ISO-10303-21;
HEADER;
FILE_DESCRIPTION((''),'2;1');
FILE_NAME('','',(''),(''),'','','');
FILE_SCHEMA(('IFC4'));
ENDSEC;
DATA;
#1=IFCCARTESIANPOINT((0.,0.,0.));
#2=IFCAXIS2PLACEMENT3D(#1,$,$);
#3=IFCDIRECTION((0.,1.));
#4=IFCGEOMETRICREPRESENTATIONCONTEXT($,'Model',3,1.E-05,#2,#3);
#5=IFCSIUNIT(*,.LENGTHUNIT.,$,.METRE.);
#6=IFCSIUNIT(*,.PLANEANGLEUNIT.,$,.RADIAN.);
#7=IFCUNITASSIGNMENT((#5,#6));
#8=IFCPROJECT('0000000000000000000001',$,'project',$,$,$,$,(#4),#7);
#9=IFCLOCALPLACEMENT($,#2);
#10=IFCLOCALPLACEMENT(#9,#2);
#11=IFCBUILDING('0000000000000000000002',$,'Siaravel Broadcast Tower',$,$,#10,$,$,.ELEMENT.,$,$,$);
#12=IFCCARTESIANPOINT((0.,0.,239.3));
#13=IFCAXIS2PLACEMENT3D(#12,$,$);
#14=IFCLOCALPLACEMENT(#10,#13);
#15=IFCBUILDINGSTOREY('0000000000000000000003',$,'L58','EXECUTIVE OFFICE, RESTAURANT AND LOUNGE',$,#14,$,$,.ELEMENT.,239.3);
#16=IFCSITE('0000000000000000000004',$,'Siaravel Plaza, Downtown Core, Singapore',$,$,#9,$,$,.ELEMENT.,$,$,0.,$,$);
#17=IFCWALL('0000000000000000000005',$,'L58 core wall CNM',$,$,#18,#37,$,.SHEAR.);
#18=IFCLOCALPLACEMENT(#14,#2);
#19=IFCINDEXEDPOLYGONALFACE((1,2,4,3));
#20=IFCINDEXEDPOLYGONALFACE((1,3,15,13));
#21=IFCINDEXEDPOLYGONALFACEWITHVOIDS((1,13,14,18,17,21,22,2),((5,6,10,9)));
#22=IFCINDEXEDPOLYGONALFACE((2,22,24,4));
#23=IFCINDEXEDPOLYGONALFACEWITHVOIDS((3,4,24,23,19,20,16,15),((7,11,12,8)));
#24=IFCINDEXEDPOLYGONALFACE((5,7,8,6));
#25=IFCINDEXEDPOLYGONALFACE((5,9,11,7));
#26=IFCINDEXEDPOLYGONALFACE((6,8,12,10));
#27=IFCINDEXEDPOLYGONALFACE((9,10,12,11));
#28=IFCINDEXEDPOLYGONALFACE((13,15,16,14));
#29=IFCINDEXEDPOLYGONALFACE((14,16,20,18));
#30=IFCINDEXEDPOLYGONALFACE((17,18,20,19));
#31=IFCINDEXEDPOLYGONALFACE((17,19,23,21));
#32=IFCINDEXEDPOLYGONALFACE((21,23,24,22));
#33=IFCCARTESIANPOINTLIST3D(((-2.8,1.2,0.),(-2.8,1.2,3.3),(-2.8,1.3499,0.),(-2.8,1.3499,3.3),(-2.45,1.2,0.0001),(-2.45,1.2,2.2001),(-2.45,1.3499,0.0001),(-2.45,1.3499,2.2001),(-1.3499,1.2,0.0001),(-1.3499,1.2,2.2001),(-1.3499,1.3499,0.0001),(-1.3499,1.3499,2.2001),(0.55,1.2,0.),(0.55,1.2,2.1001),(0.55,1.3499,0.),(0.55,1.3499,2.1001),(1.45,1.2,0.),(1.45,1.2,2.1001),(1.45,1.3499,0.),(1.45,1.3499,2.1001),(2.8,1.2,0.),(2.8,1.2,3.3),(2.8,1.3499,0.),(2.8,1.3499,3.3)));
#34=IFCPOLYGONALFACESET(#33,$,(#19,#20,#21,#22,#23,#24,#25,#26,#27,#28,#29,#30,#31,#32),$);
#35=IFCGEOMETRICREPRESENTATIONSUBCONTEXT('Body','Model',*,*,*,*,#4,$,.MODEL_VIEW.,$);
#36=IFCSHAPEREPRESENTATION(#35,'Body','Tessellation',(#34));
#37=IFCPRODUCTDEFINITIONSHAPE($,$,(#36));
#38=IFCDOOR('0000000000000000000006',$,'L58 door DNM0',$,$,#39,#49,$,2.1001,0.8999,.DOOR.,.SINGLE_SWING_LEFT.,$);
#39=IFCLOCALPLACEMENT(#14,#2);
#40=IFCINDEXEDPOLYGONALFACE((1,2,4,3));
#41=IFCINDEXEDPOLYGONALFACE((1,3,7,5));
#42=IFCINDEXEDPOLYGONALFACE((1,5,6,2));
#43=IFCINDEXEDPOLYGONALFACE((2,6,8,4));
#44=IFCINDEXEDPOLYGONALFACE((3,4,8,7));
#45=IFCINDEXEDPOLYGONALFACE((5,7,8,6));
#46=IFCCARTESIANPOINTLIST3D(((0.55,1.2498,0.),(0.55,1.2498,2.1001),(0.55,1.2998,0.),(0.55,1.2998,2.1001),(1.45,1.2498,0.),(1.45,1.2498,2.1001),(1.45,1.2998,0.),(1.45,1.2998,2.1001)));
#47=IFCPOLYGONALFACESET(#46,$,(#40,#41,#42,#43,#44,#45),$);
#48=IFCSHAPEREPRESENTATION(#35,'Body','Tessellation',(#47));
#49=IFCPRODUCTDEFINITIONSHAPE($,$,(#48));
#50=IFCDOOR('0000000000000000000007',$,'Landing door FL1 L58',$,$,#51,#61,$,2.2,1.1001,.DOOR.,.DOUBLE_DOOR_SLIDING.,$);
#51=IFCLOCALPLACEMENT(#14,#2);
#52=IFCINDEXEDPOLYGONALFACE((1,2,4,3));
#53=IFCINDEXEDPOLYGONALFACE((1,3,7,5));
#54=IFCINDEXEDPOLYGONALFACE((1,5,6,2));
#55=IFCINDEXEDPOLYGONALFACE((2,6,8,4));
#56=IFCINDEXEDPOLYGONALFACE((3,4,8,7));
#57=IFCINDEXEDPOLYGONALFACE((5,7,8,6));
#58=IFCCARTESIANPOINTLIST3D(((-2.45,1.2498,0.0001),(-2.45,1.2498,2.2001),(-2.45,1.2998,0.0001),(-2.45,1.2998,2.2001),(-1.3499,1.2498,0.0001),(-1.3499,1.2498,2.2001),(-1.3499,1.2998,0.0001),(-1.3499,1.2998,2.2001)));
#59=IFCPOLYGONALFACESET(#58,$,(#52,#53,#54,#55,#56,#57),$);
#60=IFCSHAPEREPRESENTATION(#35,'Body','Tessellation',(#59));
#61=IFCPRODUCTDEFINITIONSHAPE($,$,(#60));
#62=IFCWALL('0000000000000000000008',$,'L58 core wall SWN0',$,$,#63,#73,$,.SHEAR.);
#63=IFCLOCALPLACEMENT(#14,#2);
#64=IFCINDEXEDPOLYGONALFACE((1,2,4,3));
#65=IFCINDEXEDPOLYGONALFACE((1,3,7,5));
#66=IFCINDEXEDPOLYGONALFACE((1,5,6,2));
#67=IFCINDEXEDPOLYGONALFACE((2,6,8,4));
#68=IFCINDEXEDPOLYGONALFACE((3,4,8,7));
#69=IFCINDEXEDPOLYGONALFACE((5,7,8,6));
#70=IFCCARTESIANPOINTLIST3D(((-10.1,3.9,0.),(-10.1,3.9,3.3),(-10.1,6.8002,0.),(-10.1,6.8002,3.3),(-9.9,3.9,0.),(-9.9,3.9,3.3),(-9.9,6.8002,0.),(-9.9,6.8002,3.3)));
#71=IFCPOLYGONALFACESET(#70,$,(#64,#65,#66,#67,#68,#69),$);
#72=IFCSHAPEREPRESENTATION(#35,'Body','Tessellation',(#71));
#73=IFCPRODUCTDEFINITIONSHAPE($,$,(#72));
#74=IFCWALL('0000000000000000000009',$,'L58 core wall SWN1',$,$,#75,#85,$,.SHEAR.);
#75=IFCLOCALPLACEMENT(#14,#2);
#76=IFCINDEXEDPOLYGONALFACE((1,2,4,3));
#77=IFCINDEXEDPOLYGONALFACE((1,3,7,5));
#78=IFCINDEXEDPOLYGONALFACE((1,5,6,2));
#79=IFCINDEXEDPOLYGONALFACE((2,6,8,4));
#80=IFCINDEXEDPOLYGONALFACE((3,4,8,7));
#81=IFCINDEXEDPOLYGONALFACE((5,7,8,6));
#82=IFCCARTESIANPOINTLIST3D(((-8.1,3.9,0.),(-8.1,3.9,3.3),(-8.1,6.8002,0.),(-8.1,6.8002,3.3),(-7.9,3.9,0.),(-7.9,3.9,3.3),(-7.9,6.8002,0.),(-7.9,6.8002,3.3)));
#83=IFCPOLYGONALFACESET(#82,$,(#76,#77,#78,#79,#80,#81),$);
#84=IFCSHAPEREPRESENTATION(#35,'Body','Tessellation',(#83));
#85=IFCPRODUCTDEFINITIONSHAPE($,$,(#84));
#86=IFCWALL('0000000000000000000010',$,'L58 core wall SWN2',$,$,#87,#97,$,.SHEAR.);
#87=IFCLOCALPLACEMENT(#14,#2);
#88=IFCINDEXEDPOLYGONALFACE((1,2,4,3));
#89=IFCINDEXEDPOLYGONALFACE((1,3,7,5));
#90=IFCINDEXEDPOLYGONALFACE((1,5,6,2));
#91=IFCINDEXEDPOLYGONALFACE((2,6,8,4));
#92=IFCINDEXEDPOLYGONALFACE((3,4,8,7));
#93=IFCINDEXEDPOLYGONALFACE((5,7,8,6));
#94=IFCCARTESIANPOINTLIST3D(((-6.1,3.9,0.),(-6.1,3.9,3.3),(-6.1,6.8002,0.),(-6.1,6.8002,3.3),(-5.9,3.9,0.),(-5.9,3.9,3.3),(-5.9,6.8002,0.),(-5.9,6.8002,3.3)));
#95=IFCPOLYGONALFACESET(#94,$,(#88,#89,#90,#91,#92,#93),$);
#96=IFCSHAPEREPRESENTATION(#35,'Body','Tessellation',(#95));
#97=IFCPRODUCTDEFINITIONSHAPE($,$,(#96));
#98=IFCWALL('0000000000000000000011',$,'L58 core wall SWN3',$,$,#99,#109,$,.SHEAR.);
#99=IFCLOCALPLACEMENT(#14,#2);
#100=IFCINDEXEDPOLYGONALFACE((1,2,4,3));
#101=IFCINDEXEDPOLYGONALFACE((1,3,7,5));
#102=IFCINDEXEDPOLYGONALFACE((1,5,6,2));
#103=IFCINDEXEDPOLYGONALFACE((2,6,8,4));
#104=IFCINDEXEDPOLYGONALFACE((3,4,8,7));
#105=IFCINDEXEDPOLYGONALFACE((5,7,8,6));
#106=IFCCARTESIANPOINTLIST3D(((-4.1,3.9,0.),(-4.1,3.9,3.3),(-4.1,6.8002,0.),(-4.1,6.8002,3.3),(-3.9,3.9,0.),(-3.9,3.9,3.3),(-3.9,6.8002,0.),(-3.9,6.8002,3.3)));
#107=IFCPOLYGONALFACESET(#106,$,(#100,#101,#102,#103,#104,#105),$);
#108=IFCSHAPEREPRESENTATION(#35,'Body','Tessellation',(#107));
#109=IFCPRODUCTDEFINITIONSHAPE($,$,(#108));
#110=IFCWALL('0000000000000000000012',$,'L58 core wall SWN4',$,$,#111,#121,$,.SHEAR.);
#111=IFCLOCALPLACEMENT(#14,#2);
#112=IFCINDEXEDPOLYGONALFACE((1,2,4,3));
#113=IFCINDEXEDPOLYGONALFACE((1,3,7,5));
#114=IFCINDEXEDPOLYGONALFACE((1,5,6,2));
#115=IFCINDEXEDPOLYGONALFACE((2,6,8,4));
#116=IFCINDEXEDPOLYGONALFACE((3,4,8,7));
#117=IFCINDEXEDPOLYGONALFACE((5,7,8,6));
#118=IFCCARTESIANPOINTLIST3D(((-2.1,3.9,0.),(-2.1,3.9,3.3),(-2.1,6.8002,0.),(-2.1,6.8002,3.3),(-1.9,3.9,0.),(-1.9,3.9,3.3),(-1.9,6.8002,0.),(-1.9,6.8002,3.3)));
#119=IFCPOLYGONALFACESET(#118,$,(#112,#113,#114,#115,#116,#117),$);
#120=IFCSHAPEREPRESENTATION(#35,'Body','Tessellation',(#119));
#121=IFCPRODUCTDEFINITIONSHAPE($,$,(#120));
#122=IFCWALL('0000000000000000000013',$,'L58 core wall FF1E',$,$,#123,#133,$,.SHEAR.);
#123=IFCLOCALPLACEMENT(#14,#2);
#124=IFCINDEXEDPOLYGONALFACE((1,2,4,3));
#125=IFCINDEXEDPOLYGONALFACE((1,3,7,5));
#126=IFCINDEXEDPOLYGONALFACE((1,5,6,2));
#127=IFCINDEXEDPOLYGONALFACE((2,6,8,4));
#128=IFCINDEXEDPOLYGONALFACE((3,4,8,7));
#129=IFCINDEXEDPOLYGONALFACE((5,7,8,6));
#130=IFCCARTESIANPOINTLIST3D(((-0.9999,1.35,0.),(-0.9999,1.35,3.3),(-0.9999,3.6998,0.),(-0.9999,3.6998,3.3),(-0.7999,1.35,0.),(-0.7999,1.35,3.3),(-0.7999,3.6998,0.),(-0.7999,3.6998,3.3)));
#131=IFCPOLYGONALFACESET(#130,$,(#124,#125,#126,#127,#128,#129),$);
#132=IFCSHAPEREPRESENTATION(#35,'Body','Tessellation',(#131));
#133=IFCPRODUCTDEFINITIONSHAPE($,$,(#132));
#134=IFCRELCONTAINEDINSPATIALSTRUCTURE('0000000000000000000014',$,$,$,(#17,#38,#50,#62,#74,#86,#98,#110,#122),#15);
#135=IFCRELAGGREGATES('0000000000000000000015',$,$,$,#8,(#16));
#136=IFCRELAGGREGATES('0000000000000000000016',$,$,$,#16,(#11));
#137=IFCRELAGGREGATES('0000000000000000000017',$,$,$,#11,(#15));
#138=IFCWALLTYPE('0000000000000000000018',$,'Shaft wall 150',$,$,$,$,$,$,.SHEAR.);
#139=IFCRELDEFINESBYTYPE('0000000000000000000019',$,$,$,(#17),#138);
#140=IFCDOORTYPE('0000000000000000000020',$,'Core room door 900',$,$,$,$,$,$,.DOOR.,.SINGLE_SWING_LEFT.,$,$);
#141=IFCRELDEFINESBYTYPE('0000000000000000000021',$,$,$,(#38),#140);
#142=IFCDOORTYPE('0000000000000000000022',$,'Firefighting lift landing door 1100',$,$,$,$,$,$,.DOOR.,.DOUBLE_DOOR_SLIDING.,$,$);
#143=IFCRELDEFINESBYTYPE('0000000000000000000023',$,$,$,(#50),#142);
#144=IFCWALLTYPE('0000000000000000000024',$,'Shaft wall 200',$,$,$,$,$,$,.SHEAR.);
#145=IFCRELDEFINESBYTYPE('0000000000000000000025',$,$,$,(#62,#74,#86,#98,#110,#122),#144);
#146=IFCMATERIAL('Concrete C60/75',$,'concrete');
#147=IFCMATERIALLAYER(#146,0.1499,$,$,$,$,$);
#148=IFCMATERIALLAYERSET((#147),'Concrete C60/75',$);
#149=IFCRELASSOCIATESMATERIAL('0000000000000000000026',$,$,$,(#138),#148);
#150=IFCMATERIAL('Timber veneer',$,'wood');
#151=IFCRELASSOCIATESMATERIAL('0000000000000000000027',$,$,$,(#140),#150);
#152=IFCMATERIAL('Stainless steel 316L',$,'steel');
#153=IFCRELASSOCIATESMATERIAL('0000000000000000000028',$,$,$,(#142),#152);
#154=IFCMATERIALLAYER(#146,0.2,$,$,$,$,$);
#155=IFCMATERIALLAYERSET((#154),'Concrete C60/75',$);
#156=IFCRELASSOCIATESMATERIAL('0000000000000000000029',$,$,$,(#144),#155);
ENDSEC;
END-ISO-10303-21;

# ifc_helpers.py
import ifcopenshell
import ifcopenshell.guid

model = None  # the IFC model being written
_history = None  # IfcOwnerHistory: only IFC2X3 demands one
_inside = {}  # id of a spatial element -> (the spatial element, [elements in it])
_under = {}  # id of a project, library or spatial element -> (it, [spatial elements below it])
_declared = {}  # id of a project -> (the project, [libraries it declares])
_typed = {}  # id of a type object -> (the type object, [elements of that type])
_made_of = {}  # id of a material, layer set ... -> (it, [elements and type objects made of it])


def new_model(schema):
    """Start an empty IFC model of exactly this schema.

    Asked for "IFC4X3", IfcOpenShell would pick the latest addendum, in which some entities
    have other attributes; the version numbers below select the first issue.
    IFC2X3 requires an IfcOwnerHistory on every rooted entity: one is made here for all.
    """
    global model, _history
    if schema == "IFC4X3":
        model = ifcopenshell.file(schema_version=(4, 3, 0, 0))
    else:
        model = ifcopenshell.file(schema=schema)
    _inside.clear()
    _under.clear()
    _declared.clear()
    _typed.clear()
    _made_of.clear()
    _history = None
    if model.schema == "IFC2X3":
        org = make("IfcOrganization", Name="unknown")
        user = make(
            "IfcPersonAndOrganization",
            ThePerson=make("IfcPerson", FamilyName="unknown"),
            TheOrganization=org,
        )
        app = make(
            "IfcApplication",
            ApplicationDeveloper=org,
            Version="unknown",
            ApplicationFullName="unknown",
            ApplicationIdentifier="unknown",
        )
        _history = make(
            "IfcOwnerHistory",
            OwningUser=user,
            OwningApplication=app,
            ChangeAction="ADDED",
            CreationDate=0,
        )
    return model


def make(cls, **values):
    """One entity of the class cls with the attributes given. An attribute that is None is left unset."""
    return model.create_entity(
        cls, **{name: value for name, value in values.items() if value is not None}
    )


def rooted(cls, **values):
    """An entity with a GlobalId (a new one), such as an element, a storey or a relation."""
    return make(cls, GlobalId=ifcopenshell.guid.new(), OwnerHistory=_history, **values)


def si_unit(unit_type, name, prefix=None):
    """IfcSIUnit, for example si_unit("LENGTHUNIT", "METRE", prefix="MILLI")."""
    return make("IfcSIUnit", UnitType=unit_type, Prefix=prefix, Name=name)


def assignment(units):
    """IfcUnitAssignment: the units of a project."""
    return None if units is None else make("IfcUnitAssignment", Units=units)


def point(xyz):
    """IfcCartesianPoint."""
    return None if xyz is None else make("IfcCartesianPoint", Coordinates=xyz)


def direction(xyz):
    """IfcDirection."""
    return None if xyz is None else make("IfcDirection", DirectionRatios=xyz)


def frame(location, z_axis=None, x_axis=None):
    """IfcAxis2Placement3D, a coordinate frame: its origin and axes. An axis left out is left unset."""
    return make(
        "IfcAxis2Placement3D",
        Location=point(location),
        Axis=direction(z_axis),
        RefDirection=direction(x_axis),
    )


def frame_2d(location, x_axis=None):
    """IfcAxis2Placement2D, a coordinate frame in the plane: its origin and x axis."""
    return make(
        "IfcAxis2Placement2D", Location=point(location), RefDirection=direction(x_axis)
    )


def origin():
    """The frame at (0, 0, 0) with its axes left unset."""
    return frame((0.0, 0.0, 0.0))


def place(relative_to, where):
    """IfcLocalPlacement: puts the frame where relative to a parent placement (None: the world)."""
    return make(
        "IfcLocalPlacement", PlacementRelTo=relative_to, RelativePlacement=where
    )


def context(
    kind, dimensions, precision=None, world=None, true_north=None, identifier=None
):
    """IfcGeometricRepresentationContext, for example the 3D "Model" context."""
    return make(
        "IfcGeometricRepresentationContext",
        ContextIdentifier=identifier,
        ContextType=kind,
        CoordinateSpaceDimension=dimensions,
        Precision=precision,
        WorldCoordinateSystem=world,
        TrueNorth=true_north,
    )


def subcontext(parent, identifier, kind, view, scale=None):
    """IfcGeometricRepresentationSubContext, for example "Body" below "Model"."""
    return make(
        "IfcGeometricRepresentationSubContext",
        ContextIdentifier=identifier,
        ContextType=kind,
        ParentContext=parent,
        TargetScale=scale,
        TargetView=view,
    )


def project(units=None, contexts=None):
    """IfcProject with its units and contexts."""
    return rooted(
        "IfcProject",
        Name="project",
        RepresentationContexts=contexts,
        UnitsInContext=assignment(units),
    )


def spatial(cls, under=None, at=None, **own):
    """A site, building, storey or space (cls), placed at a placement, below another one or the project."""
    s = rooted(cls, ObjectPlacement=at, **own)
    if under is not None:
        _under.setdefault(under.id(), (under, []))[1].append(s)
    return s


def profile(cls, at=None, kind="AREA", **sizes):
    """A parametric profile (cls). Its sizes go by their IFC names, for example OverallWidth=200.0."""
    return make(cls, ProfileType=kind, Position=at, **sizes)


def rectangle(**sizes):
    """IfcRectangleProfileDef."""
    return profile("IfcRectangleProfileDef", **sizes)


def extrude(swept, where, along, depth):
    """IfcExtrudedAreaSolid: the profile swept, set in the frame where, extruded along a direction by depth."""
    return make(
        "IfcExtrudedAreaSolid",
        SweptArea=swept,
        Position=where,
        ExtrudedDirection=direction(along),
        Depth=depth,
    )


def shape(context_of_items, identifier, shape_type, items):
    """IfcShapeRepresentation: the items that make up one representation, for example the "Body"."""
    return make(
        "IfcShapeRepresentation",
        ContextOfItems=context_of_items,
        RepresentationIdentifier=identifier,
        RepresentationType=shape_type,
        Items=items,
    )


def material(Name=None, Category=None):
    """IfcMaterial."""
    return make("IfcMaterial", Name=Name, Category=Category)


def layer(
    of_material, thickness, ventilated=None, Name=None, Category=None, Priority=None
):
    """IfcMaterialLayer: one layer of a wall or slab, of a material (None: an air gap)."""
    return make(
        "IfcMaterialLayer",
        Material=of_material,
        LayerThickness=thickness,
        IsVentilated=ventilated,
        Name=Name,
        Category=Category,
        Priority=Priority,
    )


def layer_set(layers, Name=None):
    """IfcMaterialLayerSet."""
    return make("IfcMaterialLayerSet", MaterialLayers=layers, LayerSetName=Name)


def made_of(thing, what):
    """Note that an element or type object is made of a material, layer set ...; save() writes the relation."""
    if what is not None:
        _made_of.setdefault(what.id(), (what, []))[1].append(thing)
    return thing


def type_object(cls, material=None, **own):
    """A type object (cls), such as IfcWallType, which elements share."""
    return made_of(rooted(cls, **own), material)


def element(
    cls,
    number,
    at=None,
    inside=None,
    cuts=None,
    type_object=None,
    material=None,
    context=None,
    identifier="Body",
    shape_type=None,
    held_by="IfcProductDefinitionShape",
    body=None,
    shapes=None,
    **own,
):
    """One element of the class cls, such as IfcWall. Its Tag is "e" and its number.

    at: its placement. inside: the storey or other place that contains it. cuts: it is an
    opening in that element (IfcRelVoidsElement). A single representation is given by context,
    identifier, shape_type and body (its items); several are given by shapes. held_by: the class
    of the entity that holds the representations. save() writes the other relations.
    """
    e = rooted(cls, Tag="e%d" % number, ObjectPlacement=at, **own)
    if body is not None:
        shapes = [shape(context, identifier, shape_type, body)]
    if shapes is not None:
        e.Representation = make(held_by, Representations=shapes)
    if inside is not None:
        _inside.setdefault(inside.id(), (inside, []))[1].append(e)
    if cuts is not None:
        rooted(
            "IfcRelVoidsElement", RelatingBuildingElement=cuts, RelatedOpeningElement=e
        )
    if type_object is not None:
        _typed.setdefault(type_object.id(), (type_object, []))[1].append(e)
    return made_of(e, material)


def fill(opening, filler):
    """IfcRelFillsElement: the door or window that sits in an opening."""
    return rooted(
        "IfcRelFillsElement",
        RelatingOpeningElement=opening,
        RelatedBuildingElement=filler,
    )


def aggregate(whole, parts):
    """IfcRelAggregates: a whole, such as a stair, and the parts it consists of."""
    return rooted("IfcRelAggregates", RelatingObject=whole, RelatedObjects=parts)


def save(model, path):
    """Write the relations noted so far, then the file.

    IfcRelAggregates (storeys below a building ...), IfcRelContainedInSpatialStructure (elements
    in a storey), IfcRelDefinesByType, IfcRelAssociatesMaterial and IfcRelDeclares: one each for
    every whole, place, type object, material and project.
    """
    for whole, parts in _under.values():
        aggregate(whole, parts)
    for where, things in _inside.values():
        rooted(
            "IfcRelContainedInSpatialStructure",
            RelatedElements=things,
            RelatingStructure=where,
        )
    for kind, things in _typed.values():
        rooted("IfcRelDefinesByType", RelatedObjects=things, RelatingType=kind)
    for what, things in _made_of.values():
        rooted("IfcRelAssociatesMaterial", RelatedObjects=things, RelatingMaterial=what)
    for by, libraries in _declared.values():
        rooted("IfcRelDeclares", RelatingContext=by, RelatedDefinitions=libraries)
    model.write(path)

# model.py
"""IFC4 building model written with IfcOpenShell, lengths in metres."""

from ifc_helpers import new_model, si_unit, direction, frame, frame_2d, origin, place, context, subcontext, project, spatial, rectangle, extrude, material, layer, layer_set, type_object, element, fill, save


model = new_model("IFC4")

# Units and contexts
model_context = context("Model", 3, precision=1e-05, world=origin(), true_north=direction((0.0, 1.0)))
body_context = subcontext(model_context, "Body", "Model", "MODEL_VIEW")
ifc_project = project(units=[si_unit("LENGTHUNIT", "METRE"), si_unit("PLANEANGLEUNIT", "RADIAN")], contexts=[model_context])

# Site, building, storey
site_placement = place(None, origin())
site = spatial("IfcSite", under=ifc_project, at=site_placement, Name="Siaravel Plaza, Downtown Core, Singapore", CompositionType="ELEMENT", RefElevation=0.0)
building_placement = place(site_placement, origin())
building = spatial("IfcBuilding", under=site, at=building_placement, Name="Siaravel Broadcast Tower", CompositionType="ELEMENT")
storey_placement = place(building_placement, frame((0.0, 0.0, 239.3)))
storey = spatial("IfcBuildingStorey", under=building, at=storey_placement, Name="L58", Description="EXECUTIVE OFFICE, RESTAURANT AND LOUNGE", CompositionType="ELEMENT", Elevation=239.3)

# Shared definitions
ifc_material_1 = material(Name="Timber veneer", Category="wood")

# Wall, openings, doors
ifc_material_2 = material(Name="Concrete C60/75", Category="concrete")
ifc_layer_1 = layer(ifc_material_2, 0.1499)
ifc_layer_set_1 = layer_set([ifc_layer_1], Name="Concrete C60/75")
wall_type_1 = type_object("IfcWallType", Name="Shaft wall 150", PredefinedType="SHEAR", material=ifc_layer_set_1)
wall_1_placement = place(storey_placement, frame((-2.8, 1.2749, 0.0), z_axis=(0.0, 0.0, 1.0), x_axis=(1.0, 0.0, 0.0)))
wall_1 = element("IfcWall", 1, at=wall_1_placement, inside=storey, type_object=wall_type_1, Name="L58 core wall CNM", PredefinedType="SHEAR", context=body_context, shape_type="SweptSolid", body=[
    extrude(rectangle(XDim=5.6001, YDim=0.1499, at=frame_2d((2.8, 0.0))), origin(), (0.0, 0.0, 1.0), 3.3),
])
opening_1_placement = place(wall_1_placement, frame((0.3501, 0.0, 0.0)))
opening_1 = element("IfcOpeningElement", 2, at=opening_1_placement, cuts=wall_1, PredefinedType="OPENING", context=body_context, shape_type="SweptSolid", body=[
    extrude(rectangle(XDim=1.1001, YDim=2.2, at=frame_2d((0.55, 1.1001))), frame((0.0, 0.085, 0.0), z_axis=(0.0, -1.0, 0.0), x_axis=(1.0, 0.0, 0.0)), (0.0, 0.0, 1.0), 0.1699),
])
opening_2_placement = place(wall_1_placement, frame((3.3501, 0.0, 0.0)))
opening_2 = element("IfcOpeningElement", 3, at=opening_2_placement, cuts=wall_1, PredefinedType="OPENING", context=body_context, shape_type="SweptSolid", body=[
    extrude(rectangle(XDim=0.8999, YDim=2.1001, at=frame_2d((0.45, 1.05))), frame((0.0, 0.085, 0.0), z_axis=(0.0, -1.0, 0.0), x_axis=(1.0, 0.0, 0.0)), (0.0, 0.0, 1.0), 0.1699),
])
door_type_1 = type_object("IfcDoorType", Name="Core room door 900", OperationType="SINGLE_SWING_LEFT", PredefinedType="DOOR", material=ifc_material_1)
door_1_placement = place(opening_2_placement, origin())
door_1 = element("IfcDoor", 4, at=door_1_placement, inside=storey, type_object=door_type_1, Name="L58 door DNM0", OperationType="SINGLE_SWING_LEFT", OverallHeight=2.1001, OverallWidth=0.8999, PredefinedType="DOOR", context=body_context, shape_type="SweptSolid", body=[
    extrude(rectangle(XDim=0.8999, YDim=2.1001, at=frame_2d((0.45, 1.05))), frame((0.0, 0.0249, 0.0), z_axis=(0.0, -1.0, 0.0), x_axis=(1.0, 0.0, 0.0)), (0.0, 0.0, 1.0), 0.05),
])
fill(opening_2, door_1)
ifc_material_3 = material(Name="Stainless steel 316L", Category="steel")
door_type_2 = type_object("IfcDoorType", Name="Firefighting lift landing door 1100", OperationType="DOUBLE_DOOR_SLIDING", PredefinedType="DOOR", material=ifc_material_3)
door_2_placement = place(opening_1_placement, origin())
door_2 = element("IfcDoor", 5, at=door_2_placement, inside=storey, type_object=door_type_2, Name="Landing door FL1 L58", OperationType="DOUBLE_DOOR_SLIDING", OverallHeight=2.2, OverallWidth=1.1001, PredefinedType="DOOR", context=body_context, shape_type="SweptSolid", body=[
    extrude(rectangle(XDim=1.1001, YDim=2.2, at=frame_2d((0.55, 1.1001))), frame((0.0, 0.0249, 0.0), z_axis=(0.0, -1.0, 0.0), x_axis=(1.0, 0.0, 0.0)), (0.0, 0.0, 1.0), 0.05),
])
fill(opening_1, door_2)

# Walls
ifc_layer_2 = layer(ifc_material_2, 0.2)
ifc_layer_set_2 = layer_set([ifc_layer_2], Name="Concrete C60/75")
wall_type_2 = type_object("IfcWallType", Name="Shaft wall 200", PredefinedType="SHEAR", material=ifc_layer_set_2)
for number, where, z_axis, x_axis, name in (
    (6, (-10.0, 3.8999, 0.0), (0.0, 0.0, 1.0), (0.0, 1.0, 0.0), "L58 core wall SWN0"),
    (7, (-8.0, 3.8999, 0.0), (0.0, 0.0, 1.0), (0.0, 1.0, 0.0), "L58 core wall SWN1"),
    (8, (-6.0, 3.8999, 0.0), (0.0, 0.0, 1.0), (0.0, 1.0, 0.0), "L58 core wall SWN2"),
    (9, (-4.0, 3.8999, 0.0), (0.0, 0.0, 1.0), (0.0, 1.0, 0.0), "L58 core wall SWN3"),
    (10, (-2.0, 3.8999, 0.0), (0.0, 0.0, 1.0), (0.0, 1.0, 0.0), "L58 core wall SWN4"),
):
    element("IfcWall", number, at=place(storey_placement, frame(where, z_axis=z_axis, x_axis=x_axis)), inside=storey, type_object=wall_type_2, Name=name, PredefinedType="SHEAR", context=body_context, shape_type="SweptSolid", body=[
        extrude(rectangle(XDim=2.9001, YDim=0.2, at=frame_2d((1.4502, 0.0))), origin(), (0.0, 0.0, 1.0), 3.3),
    ])
wall_2_placement = place(storey_placement, frame((-0.8999, 1.3501, 0.0), z_axis=(0.0, 0.0, 1.0), x_axis=(0.0, 1.0, 0.0)))
element("IfcWall", 11, at=wall_2_placement, inside=storey, type_object=wall_type_2, Name="L58 core wall FF1E", PredefinedType="SHEAR", context=body_context, shape_type="SweptSolid", body=[
    extrude(rectangle(XDim=2.3499, YDim=0.2, at=frame_2d((1.1748, 0.0))), origin(), (0.0, 0.0, 1.0), 3.3),
])

save(model, "model.ifc")
